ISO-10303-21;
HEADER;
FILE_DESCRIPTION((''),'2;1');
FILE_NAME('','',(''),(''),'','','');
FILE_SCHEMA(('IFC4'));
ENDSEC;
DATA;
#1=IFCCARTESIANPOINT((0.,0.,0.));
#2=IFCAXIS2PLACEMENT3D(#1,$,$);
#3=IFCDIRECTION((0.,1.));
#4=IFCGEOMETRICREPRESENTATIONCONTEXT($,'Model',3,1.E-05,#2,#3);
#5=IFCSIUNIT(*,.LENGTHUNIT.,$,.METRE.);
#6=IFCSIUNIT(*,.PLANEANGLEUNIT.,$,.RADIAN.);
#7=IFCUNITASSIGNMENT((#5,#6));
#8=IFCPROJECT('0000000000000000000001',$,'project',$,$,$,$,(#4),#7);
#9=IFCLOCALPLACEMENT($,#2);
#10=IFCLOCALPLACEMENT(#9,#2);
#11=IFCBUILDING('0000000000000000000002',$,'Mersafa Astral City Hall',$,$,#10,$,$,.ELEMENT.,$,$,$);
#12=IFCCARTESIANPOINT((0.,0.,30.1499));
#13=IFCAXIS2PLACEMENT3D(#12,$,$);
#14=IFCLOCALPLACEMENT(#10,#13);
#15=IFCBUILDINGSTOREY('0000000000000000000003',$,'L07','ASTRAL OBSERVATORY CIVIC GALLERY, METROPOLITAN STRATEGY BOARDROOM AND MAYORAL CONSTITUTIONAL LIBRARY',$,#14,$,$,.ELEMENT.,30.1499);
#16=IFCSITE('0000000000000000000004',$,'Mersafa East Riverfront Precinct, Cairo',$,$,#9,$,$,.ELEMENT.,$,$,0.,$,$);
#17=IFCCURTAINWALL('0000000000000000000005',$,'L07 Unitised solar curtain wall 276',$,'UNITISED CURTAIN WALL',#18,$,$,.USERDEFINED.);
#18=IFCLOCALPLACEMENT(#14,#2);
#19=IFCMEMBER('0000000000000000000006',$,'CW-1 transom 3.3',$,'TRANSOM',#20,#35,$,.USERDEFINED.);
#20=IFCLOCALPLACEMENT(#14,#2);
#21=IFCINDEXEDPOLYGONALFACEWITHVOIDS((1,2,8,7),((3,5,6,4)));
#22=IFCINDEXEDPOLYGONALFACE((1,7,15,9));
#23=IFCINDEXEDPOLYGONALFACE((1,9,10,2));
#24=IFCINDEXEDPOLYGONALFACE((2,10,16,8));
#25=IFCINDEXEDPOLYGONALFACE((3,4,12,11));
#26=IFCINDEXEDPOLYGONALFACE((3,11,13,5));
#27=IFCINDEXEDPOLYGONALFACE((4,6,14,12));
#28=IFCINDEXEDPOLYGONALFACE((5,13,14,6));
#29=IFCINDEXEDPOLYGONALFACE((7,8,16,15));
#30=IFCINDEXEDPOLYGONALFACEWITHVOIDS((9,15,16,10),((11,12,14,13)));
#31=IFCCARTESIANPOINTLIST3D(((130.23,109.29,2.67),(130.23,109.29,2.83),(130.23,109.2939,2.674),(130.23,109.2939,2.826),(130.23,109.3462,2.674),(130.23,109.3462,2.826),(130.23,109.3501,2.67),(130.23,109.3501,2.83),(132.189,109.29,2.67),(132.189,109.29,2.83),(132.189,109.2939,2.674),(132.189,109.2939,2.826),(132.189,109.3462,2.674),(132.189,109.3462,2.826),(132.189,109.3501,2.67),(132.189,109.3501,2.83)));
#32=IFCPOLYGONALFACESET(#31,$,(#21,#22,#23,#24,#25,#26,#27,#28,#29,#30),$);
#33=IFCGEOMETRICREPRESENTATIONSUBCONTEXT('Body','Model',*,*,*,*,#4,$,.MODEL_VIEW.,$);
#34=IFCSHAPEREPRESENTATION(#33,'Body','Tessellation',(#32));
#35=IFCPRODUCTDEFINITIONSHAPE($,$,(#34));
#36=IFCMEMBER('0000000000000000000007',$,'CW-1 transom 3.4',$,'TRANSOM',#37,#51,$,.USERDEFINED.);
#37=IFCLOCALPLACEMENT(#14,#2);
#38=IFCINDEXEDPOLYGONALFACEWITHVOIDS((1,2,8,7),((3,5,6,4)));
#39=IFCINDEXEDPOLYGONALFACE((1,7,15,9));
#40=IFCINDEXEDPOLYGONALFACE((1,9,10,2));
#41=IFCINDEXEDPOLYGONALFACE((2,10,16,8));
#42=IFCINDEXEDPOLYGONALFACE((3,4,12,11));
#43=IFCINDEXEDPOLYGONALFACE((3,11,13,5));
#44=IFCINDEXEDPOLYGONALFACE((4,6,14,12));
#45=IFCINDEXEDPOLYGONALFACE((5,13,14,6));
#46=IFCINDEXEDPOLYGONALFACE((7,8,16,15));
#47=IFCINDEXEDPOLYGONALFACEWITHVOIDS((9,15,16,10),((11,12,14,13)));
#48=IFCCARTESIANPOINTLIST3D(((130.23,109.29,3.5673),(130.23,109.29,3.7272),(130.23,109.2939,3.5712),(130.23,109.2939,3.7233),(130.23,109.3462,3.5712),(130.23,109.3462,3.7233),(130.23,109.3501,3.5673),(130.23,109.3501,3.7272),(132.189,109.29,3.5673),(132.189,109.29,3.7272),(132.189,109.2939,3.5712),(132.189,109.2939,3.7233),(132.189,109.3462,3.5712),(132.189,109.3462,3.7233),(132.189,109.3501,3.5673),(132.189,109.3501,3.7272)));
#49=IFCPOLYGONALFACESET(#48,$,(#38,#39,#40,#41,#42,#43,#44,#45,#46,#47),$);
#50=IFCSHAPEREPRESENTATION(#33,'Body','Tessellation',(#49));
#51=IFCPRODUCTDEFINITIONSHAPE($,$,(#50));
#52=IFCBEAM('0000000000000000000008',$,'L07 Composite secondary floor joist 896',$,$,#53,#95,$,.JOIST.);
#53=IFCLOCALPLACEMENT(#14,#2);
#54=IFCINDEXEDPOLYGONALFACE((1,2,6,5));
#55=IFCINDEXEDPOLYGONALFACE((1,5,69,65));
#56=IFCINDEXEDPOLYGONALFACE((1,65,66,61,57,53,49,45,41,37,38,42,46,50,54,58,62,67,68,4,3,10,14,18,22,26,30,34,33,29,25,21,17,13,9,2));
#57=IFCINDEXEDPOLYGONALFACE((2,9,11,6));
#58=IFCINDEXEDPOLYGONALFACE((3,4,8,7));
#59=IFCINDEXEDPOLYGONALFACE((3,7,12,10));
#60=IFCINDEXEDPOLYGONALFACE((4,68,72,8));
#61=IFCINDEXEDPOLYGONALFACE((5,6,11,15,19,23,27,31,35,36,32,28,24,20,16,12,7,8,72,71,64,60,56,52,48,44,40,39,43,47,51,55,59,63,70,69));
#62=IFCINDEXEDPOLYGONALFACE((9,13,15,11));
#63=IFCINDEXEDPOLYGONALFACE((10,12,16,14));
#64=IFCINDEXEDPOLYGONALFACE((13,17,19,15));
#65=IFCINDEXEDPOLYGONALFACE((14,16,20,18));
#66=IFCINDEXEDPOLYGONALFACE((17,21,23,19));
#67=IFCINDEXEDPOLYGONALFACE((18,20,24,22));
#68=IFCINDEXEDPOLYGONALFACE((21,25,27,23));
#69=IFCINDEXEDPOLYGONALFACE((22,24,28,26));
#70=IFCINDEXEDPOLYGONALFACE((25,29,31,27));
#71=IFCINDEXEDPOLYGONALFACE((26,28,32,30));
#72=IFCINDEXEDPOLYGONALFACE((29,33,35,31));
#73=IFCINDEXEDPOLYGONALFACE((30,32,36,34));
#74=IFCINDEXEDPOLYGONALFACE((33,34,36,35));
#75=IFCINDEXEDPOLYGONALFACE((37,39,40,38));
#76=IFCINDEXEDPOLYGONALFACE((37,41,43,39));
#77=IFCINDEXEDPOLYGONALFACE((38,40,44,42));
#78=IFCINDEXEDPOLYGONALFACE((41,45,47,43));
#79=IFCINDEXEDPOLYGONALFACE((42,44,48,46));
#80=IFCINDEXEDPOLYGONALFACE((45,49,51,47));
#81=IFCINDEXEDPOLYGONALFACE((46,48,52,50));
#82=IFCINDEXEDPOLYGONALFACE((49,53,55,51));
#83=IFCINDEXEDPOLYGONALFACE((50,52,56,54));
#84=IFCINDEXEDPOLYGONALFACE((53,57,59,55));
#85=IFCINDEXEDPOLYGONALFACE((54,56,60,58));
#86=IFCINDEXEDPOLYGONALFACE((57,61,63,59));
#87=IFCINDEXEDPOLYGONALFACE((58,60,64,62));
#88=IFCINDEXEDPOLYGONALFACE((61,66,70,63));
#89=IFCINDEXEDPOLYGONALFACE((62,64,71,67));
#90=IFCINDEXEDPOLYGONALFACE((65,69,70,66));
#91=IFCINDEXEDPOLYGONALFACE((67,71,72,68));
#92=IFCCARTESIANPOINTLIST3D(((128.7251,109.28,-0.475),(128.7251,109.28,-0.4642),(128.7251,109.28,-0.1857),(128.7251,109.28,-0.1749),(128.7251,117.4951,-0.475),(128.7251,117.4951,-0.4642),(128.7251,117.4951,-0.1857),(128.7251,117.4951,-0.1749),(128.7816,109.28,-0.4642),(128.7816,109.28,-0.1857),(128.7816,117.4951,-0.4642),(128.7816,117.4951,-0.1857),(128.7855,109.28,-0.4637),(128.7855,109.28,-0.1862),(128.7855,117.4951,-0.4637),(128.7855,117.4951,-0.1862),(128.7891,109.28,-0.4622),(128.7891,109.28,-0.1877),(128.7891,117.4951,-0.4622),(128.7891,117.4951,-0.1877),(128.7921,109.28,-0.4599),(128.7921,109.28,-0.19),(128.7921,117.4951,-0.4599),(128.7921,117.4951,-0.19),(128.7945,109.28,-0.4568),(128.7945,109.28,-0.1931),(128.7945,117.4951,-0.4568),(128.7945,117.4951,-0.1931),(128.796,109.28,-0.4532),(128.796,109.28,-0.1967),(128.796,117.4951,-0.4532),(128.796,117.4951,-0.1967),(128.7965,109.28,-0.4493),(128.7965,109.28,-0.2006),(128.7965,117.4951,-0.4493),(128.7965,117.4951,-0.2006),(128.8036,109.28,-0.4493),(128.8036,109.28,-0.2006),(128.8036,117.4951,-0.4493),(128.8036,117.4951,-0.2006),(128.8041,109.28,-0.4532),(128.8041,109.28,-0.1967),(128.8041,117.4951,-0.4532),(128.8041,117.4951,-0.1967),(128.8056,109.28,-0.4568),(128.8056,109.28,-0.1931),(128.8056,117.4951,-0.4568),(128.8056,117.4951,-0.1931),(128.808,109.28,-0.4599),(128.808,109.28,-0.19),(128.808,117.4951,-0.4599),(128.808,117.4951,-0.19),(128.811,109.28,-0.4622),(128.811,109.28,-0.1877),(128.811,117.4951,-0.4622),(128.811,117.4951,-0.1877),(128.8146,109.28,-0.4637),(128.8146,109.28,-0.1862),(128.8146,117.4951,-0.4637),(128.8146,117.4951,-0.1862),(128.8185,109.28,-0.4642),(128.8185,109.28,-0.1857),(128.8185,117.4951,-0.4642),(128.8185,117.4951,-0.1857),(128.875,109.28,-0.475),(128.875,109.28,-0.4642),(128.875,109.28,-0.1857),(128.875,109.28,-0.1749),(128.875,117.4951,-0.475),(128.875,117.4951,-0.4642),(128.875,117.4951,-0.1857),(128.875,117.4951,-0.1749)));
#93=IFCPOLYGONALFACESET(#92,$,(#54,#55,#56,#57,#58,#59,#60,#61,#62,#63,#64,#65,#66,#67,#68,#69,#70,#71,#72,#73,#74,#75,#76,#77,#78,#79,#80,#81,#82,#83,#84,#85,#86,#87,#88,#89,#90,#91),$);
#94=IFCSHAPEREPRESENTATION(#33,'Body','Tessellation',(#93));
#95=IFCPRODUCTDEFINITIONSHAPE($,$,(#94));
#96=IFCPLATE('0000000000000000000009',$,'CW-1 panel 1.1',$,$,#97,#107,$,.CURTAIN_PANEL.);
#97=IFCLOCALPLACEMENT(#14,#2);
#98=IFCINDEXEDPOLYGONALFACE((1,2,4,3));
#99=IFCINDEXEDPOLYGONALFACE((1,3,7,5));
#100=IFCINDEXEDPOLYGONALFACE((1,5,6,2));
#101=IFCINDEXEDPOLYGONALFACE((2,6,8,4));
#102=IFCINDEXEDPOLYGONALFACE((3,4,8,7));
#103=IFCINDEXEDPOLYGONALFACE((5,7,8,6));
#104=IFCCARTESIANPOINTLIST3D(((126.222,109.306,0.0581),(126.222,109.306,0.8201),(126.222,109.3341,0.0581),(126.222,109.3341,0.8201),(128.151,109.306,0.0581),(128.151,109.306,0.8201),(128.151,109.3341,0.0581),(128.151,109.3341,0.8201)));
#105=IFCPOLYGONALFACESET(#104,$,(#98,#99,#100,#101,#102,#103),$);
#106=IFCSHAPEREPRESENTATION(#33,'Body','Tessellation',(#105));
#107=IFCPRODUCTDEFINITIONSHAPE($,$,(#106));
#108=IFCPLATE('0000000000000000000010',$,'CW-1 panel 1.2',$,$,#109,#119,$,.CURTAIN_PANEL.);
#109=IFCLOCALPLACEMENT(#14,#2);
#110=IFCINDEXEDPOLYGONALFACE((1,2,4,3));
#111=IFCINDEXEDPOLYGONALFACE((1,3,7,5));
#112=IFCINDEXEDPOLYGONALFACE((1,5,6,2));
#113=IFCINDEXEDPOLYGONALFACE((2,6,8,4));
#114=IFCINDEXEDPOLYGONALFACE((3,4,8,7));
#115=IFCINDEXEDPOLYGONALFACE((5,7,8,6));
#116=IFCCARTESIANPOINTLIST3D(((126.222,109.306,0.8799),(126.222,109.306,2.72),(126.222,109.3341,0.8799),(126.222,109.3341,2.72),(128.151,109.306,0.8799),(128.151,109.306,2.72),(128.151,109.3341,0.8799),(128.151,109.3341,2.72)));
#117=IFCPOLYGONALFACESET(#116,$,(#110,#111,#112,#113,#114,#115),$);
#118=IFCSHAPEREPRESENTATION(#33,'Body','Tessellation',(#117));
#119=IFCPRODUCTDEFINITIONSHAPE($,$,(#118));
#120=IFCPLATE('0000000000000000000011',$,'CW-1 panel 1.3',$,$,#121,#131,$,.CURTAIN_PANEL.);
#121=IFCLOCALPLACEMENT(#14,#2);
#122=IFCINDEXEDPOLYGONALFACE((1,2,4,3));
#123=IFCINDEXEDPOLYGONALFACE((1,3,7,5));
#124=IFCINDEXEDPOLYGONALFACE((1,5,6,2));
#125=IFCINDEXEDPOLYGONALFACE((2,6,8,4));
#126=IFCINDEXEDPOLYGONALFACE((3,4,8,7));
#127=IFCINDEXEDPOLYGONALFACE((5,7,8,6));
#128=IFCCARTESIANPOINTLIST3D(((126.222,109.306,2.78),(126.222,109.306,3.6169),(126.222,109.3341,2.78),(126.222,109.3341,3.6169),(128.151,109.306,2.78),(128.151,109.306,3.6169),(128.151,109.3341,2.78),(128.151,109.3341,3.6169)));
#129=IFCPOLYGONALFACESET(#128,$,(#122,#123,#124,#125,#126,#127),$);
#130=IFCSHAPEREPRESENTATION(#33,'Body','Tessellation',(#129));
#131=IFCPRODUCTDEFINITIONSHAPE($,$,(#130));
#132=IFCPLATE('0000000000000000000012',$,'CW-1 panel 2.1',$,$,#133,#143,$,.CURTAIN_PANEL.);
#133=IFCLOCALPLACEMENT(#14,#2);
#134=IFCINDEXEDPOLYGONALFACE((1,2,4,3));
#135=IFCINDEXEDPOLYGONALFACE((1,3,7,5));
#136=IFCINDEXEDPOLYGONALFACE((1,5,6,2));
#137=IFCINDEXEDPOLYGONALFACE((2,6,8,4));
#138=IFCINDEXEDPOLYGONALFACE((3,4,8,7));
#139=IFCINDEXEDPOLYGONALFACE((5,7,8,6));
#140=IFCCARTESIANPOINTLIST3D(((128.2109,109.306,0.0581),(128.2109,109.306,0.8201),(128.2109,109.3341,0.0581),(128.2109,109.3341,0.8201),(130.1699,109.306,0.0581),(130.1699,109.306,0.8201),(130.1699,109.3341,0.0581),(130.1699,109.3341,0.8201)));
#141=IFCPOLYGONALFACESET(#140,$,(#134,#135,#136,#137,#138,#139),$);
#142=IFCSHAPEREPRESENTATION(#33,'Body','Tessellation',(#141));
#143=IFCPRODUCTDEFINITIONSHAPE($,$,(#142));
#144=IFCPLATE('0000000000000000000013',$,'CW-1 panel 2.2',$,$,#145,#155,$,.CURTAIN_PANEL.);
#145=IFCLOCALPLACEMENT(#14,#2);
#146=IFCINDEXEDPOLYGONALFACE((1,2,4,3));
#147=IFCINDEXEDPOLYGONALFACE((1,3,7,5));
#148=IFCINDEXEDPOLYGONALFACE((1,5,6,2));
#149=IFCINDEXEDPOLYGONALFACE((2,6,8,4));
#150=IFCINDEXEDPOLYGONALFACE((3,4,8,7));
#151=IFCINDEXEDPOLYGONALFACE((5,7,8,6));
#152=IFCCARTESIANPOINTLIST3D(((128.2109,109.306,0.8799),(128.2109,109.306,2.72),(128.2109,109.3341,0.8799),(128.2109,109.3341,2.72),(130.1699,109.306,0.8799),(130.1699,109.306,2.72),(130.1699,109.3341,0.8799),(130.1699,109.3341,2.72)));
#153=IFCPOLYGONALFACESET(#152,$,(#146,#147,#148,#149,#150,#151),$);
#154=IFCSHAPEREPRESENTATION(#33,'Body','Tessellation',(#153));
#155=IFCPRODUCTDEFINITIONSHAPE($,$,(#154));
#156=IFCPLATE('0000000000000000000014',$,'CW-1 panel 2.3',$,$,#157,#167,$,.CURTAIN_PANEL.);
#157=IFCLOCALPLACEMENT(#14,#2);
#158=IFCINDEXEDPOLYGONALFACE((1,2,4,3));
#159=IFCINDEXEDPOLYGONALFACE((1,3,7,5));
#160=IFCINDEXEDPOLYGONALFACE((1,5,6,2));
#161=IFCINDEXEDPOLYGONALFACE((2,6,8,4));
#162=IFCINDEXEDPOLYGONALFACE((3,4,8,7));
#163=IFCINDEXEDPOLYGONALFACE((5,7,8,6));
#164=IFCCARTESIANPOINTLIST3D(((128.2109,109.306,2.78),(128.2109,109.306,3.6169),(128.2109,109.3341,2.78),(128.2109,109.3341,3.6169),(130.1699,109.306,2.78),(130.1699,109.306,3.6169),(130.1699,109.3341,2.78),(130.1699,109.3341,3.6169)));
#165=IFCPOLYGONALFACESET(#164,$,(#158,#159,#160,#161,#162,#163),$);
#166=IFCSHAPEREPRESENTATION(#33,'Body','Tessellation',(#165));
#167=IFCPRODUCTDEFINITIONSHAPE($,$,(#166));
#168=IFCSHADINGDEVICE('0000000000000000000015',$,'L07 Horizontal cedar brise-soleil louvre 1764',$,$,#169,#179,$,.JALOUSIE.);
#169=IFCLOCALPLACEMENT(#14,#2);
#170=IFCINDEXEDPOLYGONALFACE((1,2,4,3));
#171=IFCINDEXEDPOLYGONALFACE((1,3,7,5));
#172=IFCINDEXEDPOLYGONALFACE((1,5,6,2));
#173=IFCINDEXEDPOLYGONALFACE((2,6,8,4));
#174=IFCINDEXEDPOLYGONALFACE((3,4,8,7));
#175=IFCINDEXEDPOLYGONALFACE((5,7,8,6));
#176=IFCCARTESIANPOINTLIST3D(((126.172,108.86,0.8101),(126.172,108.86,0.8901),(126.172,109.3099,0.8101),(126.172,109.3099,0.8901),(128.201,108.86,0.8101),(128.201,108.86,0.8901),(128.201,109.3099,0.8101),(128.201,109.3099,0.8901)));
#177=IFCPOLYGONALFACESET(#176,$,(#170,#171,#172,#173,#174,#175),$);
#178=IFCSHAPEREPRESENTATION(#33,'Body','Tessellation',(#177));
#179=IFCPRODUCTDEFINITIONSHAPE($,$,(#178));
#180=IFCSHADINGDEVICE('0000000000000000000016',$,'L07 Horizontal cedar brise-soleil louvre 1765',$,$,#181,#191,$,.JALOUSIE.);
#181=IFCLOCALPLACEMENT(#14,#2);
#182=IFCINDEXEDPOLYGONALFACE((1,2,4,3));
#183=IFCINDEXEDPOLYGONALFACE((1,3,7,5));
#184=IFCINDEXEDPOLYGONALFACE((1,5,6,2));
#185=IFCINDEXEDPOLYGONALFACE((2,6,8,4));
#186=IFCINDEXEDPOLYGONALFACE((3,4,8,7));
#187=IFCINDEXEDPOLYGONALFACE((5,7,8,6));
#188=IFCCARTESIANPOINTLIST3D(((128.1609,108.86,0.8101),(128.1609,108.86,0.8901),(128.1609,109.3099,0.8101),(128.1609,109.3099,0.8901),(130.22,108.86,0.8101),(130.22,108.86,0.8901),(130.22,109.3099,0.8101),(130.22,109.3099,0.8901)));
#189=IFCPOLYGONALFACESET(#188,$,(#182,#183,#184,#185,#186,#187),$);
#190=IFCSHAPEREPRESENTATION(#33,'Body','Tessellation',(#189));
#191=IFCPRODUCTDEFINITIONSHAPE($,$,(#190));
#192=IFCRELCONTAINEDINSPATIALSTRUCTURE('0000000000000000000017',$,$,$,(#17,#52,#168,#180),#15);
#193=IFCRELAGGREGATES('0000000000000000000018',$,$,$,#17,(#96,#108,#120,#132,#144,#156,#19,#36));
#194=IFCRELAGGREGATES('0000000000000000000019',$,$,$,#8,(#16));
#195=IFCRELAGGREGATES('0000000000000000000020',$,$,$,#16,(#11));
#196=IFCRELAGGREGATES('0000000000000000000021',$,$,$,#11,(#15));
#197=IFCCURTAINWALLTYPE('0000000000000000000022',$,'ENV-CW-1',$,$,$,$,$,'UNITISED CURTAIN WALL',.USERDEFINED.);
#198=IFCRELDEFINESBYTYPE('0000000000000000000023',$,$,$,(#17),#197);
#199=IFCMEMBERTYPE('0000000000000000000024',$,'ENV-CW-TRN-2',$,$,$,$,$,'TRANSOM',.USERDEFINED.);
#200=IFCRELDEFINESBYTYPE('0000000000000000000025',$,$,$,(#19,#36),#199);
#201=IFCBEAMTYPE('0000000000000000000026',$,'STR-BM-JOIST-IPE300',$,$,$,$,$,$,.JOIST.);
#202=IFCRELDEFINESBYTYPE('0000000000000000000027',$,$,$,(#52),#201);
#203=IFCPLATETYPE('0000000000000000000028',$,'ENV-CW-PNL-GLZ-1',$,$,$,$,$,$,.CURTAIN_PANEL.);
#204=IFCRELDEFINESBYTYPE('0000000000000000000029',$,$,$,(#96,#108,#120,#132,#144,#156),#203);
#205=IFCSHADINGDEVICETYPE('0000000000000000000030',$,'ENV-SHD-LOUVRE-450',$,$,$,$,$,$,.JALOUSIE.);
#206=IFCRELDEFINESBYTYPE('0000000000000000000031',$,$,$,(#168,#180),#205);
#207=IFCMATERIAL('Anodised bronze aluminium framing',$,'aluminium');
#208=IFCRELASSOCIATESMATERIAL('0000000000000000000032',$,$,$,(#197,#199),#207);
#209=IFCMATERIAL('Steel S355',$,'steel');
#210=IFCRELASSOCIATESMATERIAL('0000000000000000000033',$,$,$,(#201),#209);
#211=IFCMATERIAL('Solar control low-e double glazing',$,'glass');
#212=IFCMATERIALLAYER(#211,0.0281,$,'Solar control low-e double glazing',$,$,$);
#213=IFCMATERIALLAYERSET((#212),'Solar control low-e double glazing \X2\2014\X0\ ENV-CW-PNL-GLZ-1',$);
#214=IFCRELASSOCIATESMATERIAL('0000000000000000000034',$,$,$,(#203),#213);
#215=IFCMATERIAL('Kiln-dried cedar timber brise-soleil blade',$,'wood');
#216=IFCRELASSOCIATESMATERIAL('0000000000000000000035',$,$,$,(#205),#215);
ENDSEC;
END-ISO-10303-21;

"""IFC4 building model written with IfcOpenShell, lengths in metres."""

from ifc_helpers import new_model, si_unit, direction, frame, origin, origin_2d, place, context, subcontext, project, spatial, rectangle, hollow_rectangle, i_section, extrude, material, layer, layer_set, material_profile, profile_set, type_object, element, aggregate, save


model = new_model("IFC4")

# Units and contexts
model_context = context("Model", 3, precision=1e-05, world=origin(), true_north=direction((0.0, 1.0)))
body_context = subcontext(model_context, "Body", "Model", "MODEL_VIEW")
ifc_project = project(units=[si_unit("LENGTHUNIT", "METRE"), si_unit("PLANEANGLEUNIT", "RADIAN")], contexts=[model_context])

# Site, building, storey
site_placement = place(None, origin())
site = spatial("IfcSite", under=ifc_project, at=site_placement, Name="Mersafa East Riverfront Precinct, Cairo", CompositionType="ELEMENT", RefElevation=0.0)
building_placement = place(site_placement, origin())
building = spatial("IfcBuilding", under=site, at=building_placement, Name="Mersafa Astral City Hall", CompositionType="ELEMENT")
storey_placement = place(building_placement, frame((0.0, 0.0, 30.1499)))
storey = spatial("IfcBuildingStorey", under=building, at=storey_placement, Name="L07", Description="ASTRAL OBSERVATORY CIVIC GALLERY, METROPOLITAN STRATEGY BOARDROOM AND MAYORAL CONSTITUTIONAL LIBRARY", CompositionType="ELEMENT", Elevation=30.1499)

# Curtain wall, members
ifc_material_1 = material(Name="Anodised bronze aluminium framing", Category="aluminium")
curtain_wall_type = type_object("IfcCurtainWallType", Name="ENV-CW-1", ElementType="UNITISED CURTAIN WALL", PredefinedType="USERDEFINED", material=ifc_material_1)
curtain_wall_placement = place(storey_placement, origin())
curtain_wall = element("IfcCurtainWall", 1, at=curtain_wall_placement, inside=storey, type_object=curtain_wall_type, Name="L07 Unitised solar curtain wall 276", ObjectType="UNITISED CURTAIN WALL", PredefinedType="USERDEFINED")
ifc_material_profile_1 = material_profile(ifc_material_1, hollow_rectangle(XDim=0.0601, YDim=0.1599, WallThickness=0.0039, at=origin_2d()), Name="RHS 60x160x4")
ifc_profile_set_1 = profile_set([ifc_material_profile_1], Name="Anodised bronze aluminium framing")
member_type_1 = type_object("IfcMemberType", Name="ENV-CW-TRN-2", ElementType="TRANSOM", PredefinedType="USERDEFINED", material=ifc_profile_set_1)
member_1_placement = place(storey_placement, frame((130.23, 109.3201, 2.75), z_axis=(1.0, 0.0, 0.0), x_axis=(0.0, 1.0, 0.0)))
member_1 = element("IfcMember", 2, at=member_1_placement, type_object=member_type_1, Name="CW-1 transom 3.3", ObjectType="TRANSOM", PredefinedType="USERDEFINED", context=body_context, shape_type="SweptSolid", body=[
    extrude(hollow_rectangle(XDim=0.0601, YDim=0.1599, WallThickness=0.0039, at=origin_2d()), origin(), (0.0, 0.0, 1.0), 1.959),
])
member_2_placement = place(storey_placement, frame((130.23, 109.3201, 3.6472), z_axis=(1.0, 0.0, 0.0), x_axis=(0.0, 1.0, 0.0)))
member_2 = element("IfcMember", 3, at=member_2_placement, type_object=member_type_1, Name="CW-1 transom 3.4", ObjectType="TRANSOM", PredefinedType="USERDEFINED", context=body_context, shape_type="SweptSolid", body=[
    extrude(hollow_rectangle(XDim=0.0601, YDim=0.1599, WallThickness=0.0039, at=origin_2d()), origin(), (0.0, 0.0, 1.0), 1.959),
])

# Beam
ifc_material_2 = material(Name="Steel S355", Category="steel")
ifc_material_profile_2 = material_profile(ifc_material_2, i_section(OverallWidth=0.1499, OverallDepth=0.3, WebThickness=0.0071, FlangeThickness=0.0107, FilletRadius=0.0149, at=origin_2d()), Name="IPE 300")
ifc_profile_set_2 = profile_set([ifc_material_profile_2], Name="Steel S355")
beam_type = type_object("IfcBeamType", Name="STR-BM-JOIST-IPE300", PredefinedType="JOIST", material=ifc_profile_set_2)
beam_placement = place(storey_placement, frame((128.8, 109.28, -0.325), z_axis=(0.0, 1.0, 0.0), x_axis=(-1.0, 0.0, 0.0)))
element("IfcBeam", 4, at=beam_placement, inside=storey, type_object=beam_type, Name="L07 Composite secondary floor joist 896", PredefinedType="JOIST", context=body_context, shape_type="SweptSolid", body=[
    extrude(i_section(OverallWidth=0.1499, OverallDepth=0.3, WebThickness=0.0071, FlangeThickness=0.0107, FilletRadius=0.0149, at=origin_2d()), origin(), (0.0, 0.0, 1.0), 8.2151),
])

# Plates
ifc_material_3 = material(Name="Solar control low-e double glazing", Category="glass")
ifc_layer = layer(ifc_material_3, 0.0281, Name="Solar control low-e double glazing")
ifc_layer_set = layer_set([ifc_layer], Name="Solar control low-e double glazing — ENV-CW-PNL-GLZ-1")
plate_type = type_object("IfcPlateType", Name="ENV-CW-PNL-GLZ-1", PredefinedType="CURTAIN_PANEL", material=ifc_layer_set)
plate_1_placement = place(storey_placement, frame((127.1865, 109.3201, 0.0581), z_axis=(0.0, 0.0, 1.0), x_axis=(1.0, 0.0, 0.0)))
plate_1 = element("IfcPlate", 5, at=plate_1_placement, type_object=plate_type, Name="CW-1 panel 1.1", PredefinedType="CURTAIN_PANEL", context=body_context, shape_type="SweptSolid", body=[
    extrude(rectangle(XDim=1.929, YDim=0.0281, at=origin_2d()), origin(), (0.0, 0.0, 1.0), 0.762),
])
plate_2_placement = place(storey_placement, frame((127.1865, 109.3201, 0.8799), z_axis=(0.0, 0.0, 1.0), x_axis=(1.0, 0.0, 0.0)))
plate_2 = element("IfcPlate", 6, at=plate_2_placement, type_object=plate_type, Name="CW-1 panel 1.2", PredefinedType="CURTAIN_PANEL", context=body_context, shape_type="SweptSolid", body=[
    extrude(rectangle(XDim=1.929, YDim=0.0281, at=origin_2d()), origin(), (0.0, 0.0, 1.0), 1.8401),
])
plate_3_placement = place(storey_placement, frame((127.1865, 109.3201, 2.78), z_axis=(0.0, 0.0, 1.0), x_axis=(1.0, 0.0, 0.0)))
plate_3 = element("IfcPlate", 7, at=plate_3_placement, type_object=plate_type, Name="CW-1 panel 1.3", PredefinedType="CURTAIN_PANEL", context=body_context, shape_type="SweptSolid", body=[
    extrude(rectangle(XDim=1.929, YDim=0.0281, at=origin_2d()), origin(), (0.0, 0.0, 1.0), 0.8369),
])
plate_4_placement = place(storey_placement, frame((129.1904, 109.3201, 0.0581), z_axis=(0.0, 0.0, 1.0), x_axis=(1.0, 0.0, 0.0)))
plate_4 = element("IfcPlate", 8, at=plate_4_placement, type_object=plate_type, Name="CW-1 panel 2.1", PredefinedType="CURTAIN_PANEL", context=body_context, shape_type="SweptSolid", body=[
    extrude(rectangle(XDim=1.959, YDim=0.0281, at=origin_2d()), origin(), (0.0, 0.0, 1.0), 0.762),
])
plate_5_placement = place(storey_placement, frame((129.1904, 109.3201, 0.8799), z_axis=(0.0, 0.0, 1.0), x_axis=(1.0, 0.0, 0.0)))
plate_5 = element("IfcPlate", 9, at=plate_5_placement, type_object=plate_type, Name="CW-1 panel 2.2", PredefinedType="CURTAIN_PANEL", context=body_context, shape_type="SweptSolid", body=[
    extrude(rectangle(XDim=1.959, YDim=0.0281, at=origin_2d()), origin(), (0.0, 0.0, 1.0), 1.8401),
])
plate_6_placement = place(storey_placement, frame((129.1904, 109.3201, 2.78), z_axis=(0.0, 0.0, 1.0), x_axis=(1.0, 0.0, 0.0)))
plate_6 = element("IfcPlate", 10, at=plate_6_placement, type_object=plate_type, Name="CW-1 panel 2.3", PredefinedType="CURTAIN_PANEL", context=body_context, shape_type="SweptSolid", body=[
    extrude(rectangle(XDim=1.959, YDim=0.0281, at=origin_2d()), origin(), (0.0, 0.0, 1.0), 0.8369),
])
aggregate(curtain_wall, [plate_1, plate_2, plate_3, plate_4, plate_5, plate_6, member_1, member_2])

# Shading devices
ifc_material_4 = material(Name="Kiln-dried cedar timber brise-soleil blade", Category="wood")
shading_device_type = type_object("IfcShadingDeviceType", Name="ENV-SHD-LOUVRE-450", PredefinedType="JALOUSIE", material=ifc_material_4)
shading_device_1_placement = place(storey_placement, frame((127.1865, 109.085, 0.8101), z_axis=(0.0, 0.0, 1.0), x_axis=(1.0, 0.0, 0.0)))
element("IfcShadingDevice", 11, at=shading_device_1_placement, inside=storey, type_object=shading_device_type, Name="L07 Horizontal cedar brise-soleil louvre 1764", PredefinedType="JALOUSIE", context=body_context, shape_type="SweptSolid", body=[
    extrude(rectangle(XDim=2.0291, YDim=0.45, at=origin_2d()), origin(), (0.0, 0.0, 1.0), 0.0801),
])
shading_device_2_placement = place(storey_placement, frame((129.1904, 109.085, 0.8101), z_axis=(0.0, 0.0, 1.0), x_axis=(1.0, 0.0, 0.0)))
element("IfcShadingDevice", 12, at=shading_device_2_placement, inside=storey, type_object=shading_device_type, Name="L07 Horizontal cedar brise-soleil louvre 1765", PredefinedType="JALOUSIE", context=body_context, shape_type="SweptSolid", body=[
    extrude(rectangle(XDim=2.0591, YDim=0.45, at=origin_2d()), origin(), (0.0, 0.0, 1.0), 0.0801),
])

save(model, "model.ifc")
